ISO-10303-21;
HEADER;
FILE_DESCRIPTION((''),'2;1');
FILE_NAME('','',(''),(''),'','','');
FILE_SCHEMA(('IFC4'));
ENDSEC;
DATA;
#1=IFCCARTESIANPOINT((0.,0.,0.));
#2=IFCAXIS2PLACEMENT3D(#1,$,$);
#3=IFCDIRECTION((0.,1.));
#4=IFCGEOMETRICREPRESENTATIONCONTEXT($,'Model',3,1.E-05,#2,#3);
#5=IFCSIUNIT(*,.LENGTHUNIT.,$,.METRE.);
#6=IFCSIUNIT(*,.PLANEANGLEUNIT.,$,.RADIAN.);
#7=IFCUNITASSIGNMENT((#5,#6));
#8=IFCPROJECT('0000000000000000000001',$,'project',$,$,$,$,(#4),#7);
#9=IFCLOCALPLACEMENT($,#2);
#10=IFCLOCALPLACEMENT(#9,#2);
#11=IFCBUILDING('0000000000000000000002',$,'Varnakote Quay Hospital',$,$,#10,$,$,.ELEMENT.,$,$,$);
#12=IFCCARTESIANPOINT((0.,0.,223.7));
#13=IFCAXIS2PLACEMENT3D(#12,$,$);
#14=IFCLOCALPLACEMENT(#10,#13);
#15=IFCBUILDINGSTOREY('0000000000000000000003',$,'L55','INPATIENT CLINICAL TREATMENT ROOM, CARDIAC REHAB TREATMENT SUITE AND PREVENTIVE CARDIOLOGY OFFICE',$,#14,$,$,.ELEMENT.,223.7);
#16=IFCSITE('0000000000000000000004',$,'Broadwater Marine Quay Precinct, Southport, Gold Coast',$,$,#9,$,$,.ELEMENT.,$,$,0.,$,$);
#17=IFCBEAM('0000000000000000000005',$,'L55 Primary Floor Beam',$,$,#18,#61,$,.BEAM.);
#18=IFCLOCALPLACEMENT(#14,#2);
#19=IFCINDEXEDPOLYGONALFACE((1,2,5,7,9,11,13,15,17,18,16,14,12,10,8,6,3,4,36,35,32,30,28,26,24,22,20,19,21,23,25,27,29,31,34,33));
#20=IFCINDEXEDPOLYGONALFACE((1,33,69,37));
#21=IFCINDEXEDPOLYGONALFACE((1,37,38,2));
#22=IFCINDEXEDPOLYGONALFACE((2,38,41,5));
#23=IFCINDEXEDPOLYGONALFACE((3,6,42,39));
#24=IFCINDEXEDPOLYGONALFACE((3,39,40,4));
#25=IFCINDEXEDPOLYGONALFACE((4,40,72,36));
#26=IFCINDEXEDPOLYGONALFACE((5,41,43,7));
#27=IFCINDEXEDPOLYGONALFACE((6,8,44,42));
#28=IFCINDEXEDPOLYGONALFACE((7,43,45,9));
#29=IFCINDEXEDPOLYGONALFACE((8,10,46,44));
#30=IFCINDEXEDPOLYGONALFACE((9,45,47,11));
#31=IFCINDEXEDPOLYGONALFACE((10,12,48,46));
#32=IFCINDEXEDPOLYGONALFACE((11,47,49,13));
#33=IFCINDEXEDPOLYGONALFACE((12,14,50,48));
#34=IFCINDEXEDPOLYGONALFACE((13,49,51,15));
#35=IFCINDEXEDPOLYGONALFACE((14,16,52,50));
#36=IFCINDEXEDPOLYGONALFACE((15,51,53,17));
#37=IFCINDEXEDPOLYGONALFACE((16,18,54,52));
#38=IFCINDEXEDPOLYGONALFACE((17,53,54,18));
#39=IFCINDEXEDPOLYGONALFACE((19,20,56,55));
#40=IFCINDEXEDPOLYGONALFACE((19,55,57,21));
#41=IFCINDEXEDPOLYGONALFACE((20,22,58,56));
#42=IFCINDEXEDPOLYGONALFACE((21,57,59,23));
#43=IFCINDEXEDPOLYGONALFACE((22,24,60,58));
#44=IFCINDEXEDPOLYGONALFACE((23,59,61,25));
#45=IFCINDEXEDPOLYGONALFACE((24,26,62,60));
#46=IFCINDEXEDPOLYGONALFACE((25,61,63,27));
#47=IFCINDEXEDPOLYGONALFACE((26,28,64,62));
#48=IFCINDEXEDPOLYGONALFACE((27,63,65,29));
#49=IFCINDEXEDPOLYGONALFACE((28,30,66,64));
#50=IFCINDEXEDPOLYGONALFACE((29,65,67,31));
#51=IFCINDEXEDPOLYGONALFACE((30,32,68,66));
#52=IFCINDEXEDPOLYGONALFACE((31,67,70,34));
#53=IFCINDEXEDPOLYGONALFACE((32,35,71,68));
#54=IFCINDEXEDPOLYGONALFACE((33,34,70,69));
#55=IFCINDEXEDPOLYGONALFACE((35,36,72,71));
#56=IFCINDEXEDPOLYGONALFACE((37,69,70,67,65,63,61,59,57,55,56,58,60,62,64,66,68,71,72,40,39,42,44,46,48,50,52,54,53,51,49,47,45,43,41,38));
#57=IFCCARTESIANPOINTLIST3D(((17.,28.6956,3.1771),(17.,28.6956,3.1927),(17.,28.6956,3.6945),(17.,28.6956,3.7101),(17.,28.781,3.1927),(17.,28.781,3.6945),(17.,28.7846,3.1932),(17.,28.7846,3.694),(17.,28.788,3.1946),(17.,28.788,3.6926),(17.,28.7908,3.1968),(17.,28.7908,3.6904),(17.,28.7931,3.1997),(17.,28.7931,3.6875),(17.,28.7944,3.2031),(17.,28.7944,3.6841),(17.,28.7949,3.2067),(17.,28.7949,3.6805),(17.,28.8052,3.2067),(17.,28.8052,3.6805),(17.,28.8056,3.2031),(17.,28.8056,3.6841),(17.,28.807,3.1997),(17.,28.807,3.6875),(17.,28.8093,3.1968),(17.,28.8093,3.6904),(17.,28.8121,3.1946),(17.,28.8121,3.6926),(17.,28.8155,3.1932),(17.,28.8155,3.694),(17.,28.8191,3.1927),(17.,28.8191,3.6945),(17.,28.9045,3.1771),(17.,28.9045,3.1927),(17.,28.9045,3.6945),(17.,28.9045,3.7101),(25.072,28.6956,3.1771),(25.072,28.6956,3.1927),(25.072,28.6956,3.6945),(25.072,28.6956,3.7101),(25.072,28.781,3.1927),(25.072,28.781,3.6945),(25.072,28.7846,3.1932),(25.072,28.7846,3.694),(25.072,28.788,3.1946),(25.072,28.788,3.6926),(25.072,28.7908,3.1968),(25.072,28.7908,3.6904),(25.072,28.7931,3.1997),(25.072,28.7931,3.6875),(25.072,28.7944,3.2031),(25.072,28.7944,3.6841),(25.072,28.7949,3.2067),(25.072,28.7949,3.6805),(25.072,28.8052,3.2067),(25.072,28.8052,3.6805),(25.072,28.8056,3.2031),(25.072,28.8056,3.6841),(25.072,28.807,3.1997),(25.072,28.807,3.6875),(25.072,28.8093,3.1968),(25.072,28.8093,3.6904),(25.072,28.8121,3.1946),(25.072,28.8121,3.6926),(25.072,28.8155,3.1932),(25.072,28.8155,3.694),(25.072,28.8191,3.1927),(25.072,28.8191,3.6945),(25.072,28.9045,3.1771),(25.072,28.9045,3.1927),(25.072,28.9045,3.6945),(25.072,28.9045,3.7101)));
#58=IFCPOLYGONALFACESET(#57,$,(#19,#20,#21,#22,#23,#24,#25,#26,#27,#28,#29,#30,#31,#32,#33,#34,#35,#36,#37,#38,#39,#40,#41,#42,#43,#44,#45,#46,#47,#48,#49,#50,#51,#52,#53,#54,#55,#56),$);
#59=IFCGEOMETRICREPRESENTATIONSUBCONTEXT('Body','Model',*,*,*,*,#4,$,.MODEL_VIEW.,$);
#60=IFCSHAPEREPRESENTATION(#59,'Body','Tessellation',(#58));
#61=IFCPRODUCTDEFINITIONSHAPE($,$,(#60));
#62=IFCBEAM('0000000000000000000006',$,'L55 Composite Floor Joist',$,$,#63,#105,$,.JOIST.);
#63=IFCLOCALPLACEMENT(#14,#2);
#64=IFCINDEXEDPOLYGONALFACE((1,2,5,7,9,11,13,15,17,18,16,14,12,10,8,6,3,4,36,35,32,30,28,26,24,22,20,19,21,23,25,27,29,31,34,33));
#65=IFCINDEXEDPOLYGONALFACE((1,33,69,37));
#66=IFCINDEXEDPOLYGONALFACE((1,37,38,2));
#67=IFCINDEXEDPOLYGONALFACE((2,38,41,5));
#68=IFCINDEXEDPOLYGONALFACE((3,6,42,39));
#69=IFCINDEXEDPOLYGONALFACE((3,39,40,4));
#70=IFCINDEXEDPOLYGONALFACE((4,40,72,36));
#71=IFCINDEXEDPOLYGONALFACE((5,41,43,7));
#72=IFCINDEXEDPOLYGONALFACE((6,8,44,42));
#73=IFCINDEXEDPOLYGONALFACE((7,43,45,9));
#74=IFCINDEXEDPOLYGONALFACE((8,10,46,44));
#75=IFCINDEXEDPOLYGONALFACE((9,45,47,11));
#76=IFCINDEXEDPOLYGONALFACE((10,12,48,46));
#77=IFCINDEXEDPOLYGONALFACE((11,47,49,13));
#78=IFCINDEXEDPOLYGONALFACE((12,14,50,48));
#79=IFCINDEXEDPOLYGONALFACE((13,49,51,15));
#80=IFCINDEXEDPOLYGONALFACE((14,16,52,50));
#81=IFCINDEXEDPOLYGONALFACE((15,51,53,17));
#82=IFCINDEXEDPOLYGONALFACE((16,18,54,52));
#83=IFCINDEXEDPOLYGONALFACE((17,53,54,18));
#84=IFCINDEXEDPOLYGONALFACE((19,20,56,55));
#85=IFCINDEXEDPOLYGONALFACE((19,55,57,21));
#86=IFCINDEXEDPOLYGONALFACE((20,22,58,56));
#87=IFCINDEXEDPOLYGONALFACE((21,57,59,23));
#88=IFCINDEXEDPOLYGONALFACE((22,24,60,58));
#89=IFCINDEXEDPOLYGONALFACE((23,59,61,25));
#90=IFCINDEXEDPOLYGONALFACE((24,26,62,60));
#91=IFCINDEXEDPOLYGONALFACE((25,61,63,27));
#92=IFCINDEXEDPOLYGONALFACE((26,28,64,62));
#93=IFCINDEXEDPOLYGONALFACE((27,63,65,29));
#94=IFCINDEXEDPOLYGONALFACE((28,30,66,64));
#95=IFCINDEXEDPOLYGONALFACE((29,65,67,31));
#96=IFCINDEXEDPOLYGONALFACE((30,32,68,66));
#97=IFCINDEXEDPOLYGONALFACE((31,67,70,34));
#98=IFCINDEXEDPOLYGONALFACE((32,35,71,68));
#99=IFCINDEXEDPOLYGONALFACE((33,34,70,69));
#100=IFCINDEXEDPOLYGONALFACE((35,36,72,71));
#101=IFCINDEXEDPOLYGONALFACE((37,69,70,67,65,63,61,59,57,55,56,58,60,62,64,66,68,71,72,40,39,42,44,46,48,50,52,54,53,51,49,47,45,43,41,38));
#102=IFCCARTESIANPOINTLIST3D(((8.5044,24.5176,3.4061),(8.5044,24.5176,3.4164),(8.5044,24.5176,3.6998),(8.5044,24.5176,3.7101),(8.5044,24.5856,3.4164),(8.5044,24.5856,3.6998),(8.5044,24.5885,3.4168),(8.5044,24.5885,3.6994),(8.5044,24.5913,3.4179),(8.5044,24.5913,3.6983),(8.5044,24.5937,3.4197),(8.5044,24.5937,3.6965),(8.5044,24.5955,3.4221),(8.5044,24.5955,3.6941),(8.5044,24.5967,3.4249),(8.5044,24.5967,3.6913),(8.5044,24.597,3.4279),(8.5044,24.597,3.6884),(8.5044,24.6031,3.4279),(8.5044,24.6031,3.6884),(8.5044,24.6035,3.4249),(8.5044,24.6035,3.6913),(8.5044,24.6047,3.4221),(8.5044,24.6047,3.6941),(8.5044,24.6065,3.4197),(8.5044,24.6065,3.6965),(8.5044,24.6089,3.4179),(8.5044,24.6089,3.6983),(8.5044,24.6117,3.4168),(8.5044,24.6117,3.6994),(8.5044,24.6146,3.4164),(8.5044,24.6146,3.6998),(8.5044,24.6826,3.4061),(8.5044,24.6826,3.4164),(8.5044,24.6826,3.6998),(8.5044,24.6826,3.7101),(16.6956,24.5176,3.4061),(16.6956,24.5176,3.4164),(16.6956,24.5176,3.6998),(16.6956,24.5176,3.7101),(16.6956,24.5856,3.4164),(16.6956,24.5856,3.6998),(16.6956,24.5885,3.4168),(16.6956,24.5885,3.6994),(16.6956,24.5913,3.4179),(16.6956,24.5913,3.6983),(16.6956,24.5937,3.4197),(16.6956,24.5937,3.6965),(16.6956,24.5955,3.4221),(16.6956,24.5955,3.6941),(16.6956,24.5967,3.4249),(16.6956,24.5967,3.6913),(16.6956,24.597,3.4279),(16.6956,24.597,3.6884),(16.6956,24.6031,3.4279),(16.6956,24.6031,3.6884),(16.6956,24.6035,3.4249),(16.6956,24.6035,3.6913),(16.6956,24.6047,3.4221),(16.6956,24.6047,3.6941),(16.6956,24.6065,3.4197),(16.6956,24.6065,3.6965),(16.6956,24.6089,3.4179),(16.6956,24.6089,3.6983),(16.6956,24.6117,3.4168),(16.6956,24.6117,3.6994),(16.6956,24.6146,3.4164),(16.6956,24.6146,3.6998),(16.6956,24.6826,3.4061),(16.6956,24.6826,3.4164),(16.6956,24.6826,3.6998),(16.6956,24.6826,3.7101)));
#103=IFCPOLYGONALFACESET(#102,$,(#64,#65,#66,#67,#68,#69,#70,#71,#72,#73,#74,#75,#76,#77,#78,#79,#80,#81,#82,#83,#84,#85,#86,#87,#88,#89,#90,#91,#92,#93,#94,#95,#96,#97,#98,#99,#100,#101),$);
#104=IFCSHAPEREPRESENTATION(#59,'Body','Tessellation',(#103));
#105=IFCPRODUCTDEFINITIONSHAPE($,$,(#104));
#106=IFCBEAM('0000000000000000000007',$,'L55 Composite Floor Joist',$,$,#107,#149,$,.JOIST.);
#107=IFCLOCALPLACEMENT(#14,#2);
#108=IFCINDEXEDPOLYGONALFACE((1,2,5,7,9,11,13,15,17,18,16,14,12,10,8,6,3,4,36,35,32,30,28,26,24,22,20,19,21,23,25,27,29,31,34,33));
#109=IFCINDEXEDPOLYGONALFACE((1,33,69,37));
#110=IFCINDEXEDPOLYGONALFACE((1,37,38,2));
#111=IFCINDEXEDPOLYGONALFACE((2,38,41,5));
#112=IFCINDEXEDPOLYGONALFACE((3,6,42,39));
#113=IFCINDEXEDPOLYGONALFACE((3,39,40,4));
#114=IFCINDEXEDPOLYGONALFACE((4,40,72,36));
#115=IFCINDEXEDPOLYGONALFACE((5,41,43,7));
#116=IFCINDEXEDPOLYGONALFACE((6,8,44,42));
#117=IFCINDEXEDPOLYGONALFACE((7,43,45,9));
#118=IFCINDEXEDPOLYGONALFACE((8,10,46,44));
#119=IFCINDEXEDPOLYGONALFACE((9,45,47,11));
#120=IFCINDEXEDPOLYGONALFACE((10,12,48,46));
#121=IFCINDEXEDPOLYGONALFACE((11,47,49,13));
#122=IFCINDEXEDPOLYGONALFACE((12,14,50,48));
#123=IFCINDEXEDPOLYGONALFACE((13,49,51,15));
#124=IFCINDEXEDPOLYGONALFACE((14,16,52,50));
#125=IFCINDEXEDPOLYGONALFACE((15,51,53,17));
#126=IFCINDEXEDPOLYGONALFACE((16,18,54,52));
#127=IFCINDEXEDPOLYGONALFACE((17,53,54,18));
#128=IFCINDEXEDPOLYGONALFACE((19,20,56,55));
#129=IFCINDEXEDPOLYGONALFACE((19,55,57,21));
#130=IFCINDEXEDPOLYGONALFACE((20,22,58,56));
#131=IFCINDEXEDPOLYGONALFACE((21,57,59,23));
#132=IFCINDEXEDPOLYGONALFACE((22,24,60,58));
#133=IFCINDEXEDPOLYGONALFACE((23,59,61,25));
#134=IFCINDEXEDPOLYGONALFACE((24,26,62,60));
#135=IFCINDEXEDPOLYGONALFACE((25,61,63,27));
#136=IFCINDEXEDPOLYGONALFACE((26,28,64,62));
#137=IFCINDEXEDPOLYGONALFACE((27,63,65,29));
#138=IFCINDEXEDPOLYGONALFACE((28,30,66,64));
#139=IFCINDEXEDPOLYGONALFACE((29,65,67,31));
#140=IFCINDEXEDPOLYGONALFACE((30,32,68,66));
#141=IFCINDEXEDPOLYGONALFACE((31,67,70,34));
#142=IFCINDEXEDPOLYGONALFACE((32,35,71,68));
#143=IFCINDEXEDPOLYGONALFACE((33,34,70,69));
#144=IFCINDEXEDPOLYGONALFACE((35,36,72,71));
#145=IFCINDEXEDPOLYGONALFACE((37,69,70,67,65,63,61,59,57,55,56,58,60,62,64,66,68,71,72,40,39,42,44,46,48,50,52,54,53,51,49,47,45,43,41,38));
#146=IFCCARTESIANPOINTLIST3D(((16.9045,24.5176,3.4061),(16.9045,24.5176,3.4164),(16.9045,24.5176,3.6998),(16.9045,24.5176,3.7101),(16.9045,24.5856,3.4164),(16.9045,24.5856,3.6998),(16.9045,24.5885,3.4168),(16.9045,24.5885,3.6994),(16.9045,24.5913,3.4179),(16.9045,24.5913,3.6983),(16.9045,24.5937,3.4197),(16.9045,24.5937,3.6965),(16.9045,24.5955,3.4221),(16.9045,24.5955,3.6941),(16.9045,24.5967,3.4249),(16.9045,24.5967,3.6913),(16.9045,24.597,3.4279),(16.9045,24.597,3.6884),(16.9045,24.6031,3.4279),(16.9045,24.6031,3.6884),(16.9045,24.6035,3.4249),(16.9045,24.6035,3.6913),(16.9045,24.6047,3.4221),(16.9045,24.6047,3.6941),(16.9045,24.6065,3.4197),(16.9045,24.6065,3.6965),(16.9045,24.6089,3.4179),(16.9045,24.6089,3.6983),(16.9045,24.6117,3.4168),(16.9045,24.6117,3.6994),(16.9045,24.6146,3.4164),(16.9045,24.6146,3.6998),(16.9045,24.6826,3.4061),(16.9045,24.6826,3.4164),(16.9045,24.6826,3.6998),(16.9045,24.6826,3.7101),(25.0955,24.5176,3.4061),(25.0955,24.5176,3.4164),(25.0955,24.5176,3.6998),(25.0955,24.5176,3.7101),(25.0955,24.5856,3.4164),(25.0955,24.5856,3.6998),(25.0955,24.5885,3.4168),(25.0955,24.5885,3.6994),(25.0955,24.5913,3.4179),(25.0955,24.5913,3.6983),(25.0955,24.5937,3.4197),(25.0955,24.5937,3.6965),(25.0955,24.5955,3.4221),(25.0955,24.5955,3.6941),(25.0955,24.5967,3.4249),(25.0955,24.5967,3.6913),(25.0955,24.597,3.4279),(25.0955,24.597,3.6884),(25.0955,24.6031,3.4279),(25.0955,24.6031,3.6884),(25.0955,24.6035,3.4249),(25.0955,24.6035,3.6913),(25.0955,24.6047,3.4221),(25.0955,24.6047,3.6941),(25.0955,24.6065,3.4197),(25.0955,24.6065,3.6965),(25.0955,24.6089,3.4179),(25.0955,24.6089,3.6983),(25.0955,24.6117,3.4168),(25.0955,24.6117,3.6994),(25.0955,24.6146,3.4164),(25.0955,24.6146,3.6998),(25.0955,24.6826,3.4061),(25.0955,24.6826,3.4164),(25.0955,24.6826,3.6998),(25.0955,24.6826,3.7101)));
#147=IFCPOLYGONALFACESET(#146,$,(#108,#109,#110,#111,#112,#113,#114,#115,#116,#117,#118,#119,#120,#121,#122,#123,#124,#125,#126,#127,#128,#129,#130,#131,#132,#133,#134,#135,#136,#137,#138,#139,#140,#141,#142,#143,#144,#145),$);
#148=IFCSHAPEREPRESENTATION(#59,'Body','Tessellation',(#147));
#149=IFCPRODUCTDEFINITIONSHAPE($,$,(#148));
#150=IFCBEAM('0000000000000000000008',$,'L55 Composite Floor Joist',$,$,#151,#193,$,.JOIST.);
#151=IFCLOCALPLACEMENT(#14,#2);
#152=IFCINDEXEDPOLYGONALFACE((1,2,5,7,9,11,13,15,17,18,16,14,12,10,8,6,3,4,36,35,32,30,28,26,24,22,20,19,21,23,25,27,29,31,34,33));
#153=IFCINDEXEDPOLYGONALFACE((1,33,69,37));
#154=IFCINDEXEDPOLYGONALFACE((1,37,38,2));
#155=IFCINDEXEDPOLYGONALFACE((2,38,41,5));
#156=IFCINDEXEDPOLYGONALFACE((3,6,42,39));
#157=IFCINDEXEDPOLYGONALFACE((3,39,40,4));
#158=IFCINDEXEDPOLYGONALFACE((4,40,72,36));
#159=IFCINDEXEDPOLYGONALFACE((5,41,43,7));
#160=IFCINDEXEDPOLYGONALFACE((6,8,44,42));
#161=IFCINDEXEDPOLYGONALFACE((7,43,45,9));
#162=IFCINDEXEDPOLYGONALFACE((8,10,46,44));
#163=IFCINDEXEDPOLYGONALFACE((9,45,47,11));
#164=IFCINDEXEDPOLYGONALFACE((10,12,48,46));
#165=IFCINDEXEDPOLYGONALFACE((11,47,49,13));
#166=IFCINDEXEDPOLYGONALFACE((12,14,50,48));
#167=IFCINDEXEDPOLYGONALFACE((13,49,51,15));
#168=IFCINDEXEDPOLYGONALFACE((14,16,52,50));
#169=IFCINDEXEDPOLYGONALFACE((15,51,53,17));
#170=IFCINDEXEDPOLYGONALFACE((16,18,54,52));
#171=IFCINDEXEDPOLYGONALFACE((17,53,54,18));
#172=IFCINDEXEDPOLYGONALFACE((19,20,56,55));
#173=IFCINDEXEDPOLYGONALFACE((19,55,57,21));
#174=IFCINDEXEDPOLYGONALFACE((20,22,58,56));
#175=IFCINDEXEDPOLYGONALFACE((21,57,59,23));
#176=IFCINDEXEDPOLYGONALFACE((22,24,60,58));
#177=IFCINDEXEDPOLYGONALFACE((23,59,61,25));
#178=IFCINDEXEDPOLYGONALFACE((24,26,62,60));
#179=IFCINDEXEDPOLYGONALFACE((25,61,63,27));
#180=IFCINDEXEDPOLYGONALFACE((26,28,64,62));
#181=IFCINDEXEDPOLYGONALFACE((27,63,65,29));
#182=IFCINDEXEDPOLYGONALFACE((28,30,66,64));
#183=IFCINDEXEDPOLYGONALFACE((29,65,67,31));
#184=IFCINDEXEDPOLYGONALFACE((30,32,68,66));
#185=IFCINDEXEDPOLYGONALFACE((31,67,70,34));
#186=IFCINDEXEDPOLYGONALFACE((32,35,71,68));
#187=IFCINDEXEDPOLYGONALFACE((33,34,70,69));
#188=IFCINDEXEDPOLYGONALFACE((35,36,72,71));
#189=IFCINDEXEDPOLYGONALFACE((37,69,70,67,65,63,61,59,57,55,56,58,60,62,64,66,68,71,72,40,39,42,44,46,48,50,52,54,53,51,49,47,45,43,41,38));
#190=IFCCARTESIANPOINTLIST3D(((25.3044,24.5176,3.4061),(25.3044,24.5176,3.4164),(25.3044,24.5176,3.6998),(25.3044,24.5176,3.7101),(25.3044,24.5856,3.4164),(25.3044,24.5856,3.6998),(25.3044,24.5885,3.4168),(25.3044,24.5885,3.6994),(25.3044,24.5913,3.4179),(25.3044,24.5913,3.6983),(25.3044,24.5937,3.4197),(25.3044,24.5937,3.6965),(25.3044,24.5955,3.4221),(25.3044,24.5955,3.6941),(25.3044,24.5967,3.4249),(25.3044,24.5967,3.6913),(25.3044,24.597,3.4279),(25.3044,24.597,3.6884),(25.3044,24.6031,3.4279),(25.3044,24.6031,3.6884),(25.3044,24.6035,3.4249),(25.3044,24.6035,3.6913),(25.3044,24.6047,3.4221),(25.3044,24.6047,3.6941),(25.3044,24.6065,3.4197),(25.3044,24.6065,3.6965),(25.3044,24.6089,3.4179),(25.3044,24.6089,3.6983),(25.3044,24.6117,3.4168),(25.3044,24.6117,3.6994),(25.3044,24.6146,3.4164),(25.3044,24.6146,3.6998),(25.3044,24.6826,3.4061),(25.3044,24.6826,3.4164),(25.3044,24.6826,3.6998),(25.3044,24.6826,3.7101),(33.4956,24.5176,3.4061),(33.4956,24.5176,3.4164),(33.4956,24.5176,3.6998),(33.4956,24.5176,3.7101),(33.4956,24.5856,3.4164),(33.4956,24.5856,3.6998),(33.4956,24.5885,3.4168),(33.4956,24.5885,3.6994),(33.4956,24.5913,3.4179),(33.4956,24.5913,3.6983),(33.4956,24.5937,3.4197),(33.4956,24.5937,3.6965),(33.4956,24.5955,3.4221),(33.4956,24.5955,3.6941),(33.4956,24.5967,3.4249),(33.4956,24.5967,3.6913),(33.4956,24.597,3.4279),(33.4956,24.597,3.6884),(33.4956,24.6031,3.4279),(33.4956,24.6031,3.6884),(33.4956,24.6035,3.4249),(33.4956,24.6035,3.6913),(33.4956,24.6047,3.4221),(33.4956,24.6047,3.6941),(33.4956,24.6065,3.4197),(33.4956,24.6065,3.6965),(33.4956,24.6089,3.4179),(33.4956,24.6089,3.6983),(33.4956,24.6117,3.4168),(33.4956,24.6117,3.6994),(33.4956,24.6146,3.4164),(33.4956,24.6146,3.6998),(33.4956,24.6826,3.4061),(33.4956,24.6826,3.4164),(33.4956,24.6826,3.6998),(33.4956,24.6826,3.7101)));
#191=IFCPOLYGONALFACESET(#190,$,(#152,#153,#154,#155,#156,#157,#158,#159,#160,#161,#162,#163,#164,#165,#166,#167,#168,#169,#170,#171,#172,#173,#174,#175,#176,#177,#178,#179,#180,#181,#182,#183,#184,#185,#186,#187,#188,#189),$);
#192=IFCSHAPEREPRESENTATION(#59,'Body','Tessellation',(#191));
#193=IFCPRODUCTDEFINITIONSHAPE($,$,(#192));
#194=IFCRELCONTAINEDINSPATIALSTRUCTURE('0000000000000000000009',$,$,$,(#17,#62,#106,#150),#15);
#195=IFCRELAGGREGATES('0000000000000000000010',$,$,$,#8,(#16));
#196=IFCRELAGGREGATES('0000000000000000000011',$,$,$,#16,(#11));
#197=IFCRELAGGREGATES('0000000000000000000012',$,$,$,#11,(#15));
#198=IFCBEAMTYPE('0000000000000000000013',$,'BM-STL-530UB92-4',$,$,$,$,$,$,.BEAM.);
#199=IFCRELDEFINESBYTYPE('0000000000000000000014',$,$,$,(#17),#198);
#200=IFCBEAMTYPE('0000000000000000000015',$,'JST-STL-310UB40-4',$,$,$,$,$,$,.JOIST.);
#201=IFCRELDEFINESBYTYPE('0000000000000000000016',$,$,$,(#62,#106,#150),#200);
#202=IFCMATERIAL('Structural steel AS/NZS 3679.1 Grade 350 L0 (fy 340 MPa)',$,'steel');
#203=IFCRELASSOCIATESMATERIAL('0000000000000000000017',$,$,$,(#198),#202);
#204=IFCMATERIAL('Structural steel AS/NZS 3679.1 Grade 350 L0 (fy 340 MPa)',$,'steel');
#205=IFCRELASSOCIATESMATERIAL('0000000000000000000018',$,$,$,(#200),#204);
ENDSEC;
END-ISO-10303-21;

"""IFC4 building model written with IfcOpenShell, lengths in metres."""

from ifc_helpers import new_model, si_unit, direction, frame, origin, origin_2d, place, context, subcontext, project, spatial, i_section, extrude, material, material_profile, profile_set, type_object, element, save


model = new_model("IFC4")

# Units and contexts
model_context = context("Model", 3, precision=1e-05, world=origin(), true_north=direction((0.0, 1.0)))
body_context = subcontext(model_context, "Body", "Model", "MODEL_VIEW")
ifc_project = project(units=[si_unit("LENGTHUNIT", "METRE"), si_unit("PLANEANGLEUNIT", "RADIAN")], contexts=[model_context])

# Site, building, storey
site_placement = place(None, origin())
site = spatial("IfcSite", under=ifc_project, at=site_placement, Name="Broadwater Marine Quay Precinct, Southport, Gold Coast", CompositionType="ELEMENT", RefElevation=0.0)
building_placement = place(site_placement, origin())
building = spatial("IfcBuilding", under=site, at=building_placement, Name="Varnakote Quay Hospital", CompositionType="ELEMENT")
storey_placement = place(building_placement, frame((0.0, 0.0, 223.7)))
storey = spatial("IfcBuildingStorey", under=building, at=storey_placement, Name="L55", Description="INPATIENT CLINICAL TREATMENT ROOM, CARDIAC REHAB TREATMENT SUITE AND PREVENTIVE CARDIOLOGY OFFICE", CompositionType="ELEMENT", Elevation=223.7)

# Beams
ifc_material_1 = material(Name="Structural steel AS/NZS 3679.1 Grade 350 L0 (fy 340 MPa)", Category="steel")
ifc_material_profile_1 = material_profile(ifc_material_1, i_section(OverallWidth=0.209, OverallDepth=0.533, WebThickness=0.0103, FlangeThickness=0.0156, FilletRadius=0.0139, at=origin_2d()), Name="530UB92.4")
ifc_profile_set_1 = profile_set([ifc_material_profile_1], Name="Structural steel AS/NZS 3679.1 Grade 350 L0 (fy 340 MPa)")
beam_type_1 = type_object("IfcBeamType", Name="BM-STL-530UB92-4", PredefinedType="BEAM", material=ifc_profile_set_1)
for number, where, z_axis, x_axis, name in (
    (1, (17.0, 28.8, 3.4436), (1.0, 0.0, 0.0), (0.0, 1.0, 0.0), "L55 Primary Floor Beam"),
):
    element("IfcBeam", number, at=place(storey_placement, frame(where, z_axis=z_axis, x_axis=x_axis)), inside=storey, type_object=beam_type_1, Name=name, PredefinedType="BEAM", context=body_context, shape_type="SweptSolid", body=[
        extrude(i_section(OverallWidth=0.209, OverallDepth=0.533, WebThickness=0.0103, FlangeThickness=0.0156, FilletRadius=0.0139, at=origin_2d()), origin(), (0.0, 0.0, 1.0), 8.072),
    ])
ifc_material_2 = material(Name="Structural steel AS/NZS 3679.1 Grade 350 L0 (fy 340 MPa)", Category="steel")
ifc_material_profile_2 = material_profile(ifc_material_2, i_section(OverallWidth=0.165, OverallDepth=0.304, WebThickness=0.0061, FlangeThickness=0.0103, FilletRadius=0.0115, at=origin_2d()), Name="310UB40.4")
ifc_profile_set_2 = profile_set([ifc_material_profile_2], Name="Structural steel AS/NZS 3679.1 Grade 350 L0 (fy 340 MPa)")
beam_type_2 = type_object("IfcBeamType", Name="JST-STL-310UB40-4", PredefinedType="JOIST", material=ifc_profile_set_2)
beam_1_placement = place(storey_placement, frame((8.5044, 24.6001, 3.5581), z_axis=(1.0, 0.0, 0.0), x_axis=(0.0, 1.0, 0.0)))
element("IfcBeam", 2, at=beam_1_placement, inside=storey, type_object=beam_type_2, Name="L55 Composite Floor Joist", PredefinedType="JOIST", context=body_context, shape_type="SweptSolid", body=[
    extrude(i_section(OverallWidth=0.165, OverallDepth=0.304, WebThickness=0.0061, FlangeThickness=0.0103, FilletRadius=0.0115, at=origin_2d()), origin(), (0.0, 0.0, 1.0), 8.1912),
])
beam_2_placement = place(storey_placement, frame((16.9045, 24.6001, 3.5581), z_axis=(1.0, 0.0, 0.0), x_axis=(0.0, 1.0, 0.0)))
element("IfcBeam", 3, at=beam_2_placement, inside=storey, type_object=beam_type_2, Name="L55 Composite Floor Joist", PredefinedType="JOIST", context=body_context, shape_type="SweptSolid", body=[
    extrude(i_section(OverallWidth=0.165, OverallDepth=0.304, WebThickness=0.0061, FlangeThickness=0.0103, FilletRadius=0.0115, at=origin_2d()), origin(), (0.0, 0.0, 1.0), 8.1909),
])
beam_3_placement = place(storey_placement, frame((25.3044, 24.6001, 3.5581), z_axis=(1.0, 0.0, 0.0), x_axis=(0.0, 1.0, 0.0)))
element("IfcBeam", 4, at=beam_3_placement, inside=storey, type_object=beam_type_2, Name="L55 Composite Floor Joist", PredefinedType="JOIST", context=body_context, shape_type="SweptSolid", body=[
    extrude(i_section(OverallWidth=0.165, OverallDepth=0.304, WebThickness=0.0061, FlangeThickness=0.0103, FilletRadius=0.0115, at=origin_2d()), origin(), (0.0, 0.0, 1.0), 8.1912),
])

save(model, "model.ifc")
